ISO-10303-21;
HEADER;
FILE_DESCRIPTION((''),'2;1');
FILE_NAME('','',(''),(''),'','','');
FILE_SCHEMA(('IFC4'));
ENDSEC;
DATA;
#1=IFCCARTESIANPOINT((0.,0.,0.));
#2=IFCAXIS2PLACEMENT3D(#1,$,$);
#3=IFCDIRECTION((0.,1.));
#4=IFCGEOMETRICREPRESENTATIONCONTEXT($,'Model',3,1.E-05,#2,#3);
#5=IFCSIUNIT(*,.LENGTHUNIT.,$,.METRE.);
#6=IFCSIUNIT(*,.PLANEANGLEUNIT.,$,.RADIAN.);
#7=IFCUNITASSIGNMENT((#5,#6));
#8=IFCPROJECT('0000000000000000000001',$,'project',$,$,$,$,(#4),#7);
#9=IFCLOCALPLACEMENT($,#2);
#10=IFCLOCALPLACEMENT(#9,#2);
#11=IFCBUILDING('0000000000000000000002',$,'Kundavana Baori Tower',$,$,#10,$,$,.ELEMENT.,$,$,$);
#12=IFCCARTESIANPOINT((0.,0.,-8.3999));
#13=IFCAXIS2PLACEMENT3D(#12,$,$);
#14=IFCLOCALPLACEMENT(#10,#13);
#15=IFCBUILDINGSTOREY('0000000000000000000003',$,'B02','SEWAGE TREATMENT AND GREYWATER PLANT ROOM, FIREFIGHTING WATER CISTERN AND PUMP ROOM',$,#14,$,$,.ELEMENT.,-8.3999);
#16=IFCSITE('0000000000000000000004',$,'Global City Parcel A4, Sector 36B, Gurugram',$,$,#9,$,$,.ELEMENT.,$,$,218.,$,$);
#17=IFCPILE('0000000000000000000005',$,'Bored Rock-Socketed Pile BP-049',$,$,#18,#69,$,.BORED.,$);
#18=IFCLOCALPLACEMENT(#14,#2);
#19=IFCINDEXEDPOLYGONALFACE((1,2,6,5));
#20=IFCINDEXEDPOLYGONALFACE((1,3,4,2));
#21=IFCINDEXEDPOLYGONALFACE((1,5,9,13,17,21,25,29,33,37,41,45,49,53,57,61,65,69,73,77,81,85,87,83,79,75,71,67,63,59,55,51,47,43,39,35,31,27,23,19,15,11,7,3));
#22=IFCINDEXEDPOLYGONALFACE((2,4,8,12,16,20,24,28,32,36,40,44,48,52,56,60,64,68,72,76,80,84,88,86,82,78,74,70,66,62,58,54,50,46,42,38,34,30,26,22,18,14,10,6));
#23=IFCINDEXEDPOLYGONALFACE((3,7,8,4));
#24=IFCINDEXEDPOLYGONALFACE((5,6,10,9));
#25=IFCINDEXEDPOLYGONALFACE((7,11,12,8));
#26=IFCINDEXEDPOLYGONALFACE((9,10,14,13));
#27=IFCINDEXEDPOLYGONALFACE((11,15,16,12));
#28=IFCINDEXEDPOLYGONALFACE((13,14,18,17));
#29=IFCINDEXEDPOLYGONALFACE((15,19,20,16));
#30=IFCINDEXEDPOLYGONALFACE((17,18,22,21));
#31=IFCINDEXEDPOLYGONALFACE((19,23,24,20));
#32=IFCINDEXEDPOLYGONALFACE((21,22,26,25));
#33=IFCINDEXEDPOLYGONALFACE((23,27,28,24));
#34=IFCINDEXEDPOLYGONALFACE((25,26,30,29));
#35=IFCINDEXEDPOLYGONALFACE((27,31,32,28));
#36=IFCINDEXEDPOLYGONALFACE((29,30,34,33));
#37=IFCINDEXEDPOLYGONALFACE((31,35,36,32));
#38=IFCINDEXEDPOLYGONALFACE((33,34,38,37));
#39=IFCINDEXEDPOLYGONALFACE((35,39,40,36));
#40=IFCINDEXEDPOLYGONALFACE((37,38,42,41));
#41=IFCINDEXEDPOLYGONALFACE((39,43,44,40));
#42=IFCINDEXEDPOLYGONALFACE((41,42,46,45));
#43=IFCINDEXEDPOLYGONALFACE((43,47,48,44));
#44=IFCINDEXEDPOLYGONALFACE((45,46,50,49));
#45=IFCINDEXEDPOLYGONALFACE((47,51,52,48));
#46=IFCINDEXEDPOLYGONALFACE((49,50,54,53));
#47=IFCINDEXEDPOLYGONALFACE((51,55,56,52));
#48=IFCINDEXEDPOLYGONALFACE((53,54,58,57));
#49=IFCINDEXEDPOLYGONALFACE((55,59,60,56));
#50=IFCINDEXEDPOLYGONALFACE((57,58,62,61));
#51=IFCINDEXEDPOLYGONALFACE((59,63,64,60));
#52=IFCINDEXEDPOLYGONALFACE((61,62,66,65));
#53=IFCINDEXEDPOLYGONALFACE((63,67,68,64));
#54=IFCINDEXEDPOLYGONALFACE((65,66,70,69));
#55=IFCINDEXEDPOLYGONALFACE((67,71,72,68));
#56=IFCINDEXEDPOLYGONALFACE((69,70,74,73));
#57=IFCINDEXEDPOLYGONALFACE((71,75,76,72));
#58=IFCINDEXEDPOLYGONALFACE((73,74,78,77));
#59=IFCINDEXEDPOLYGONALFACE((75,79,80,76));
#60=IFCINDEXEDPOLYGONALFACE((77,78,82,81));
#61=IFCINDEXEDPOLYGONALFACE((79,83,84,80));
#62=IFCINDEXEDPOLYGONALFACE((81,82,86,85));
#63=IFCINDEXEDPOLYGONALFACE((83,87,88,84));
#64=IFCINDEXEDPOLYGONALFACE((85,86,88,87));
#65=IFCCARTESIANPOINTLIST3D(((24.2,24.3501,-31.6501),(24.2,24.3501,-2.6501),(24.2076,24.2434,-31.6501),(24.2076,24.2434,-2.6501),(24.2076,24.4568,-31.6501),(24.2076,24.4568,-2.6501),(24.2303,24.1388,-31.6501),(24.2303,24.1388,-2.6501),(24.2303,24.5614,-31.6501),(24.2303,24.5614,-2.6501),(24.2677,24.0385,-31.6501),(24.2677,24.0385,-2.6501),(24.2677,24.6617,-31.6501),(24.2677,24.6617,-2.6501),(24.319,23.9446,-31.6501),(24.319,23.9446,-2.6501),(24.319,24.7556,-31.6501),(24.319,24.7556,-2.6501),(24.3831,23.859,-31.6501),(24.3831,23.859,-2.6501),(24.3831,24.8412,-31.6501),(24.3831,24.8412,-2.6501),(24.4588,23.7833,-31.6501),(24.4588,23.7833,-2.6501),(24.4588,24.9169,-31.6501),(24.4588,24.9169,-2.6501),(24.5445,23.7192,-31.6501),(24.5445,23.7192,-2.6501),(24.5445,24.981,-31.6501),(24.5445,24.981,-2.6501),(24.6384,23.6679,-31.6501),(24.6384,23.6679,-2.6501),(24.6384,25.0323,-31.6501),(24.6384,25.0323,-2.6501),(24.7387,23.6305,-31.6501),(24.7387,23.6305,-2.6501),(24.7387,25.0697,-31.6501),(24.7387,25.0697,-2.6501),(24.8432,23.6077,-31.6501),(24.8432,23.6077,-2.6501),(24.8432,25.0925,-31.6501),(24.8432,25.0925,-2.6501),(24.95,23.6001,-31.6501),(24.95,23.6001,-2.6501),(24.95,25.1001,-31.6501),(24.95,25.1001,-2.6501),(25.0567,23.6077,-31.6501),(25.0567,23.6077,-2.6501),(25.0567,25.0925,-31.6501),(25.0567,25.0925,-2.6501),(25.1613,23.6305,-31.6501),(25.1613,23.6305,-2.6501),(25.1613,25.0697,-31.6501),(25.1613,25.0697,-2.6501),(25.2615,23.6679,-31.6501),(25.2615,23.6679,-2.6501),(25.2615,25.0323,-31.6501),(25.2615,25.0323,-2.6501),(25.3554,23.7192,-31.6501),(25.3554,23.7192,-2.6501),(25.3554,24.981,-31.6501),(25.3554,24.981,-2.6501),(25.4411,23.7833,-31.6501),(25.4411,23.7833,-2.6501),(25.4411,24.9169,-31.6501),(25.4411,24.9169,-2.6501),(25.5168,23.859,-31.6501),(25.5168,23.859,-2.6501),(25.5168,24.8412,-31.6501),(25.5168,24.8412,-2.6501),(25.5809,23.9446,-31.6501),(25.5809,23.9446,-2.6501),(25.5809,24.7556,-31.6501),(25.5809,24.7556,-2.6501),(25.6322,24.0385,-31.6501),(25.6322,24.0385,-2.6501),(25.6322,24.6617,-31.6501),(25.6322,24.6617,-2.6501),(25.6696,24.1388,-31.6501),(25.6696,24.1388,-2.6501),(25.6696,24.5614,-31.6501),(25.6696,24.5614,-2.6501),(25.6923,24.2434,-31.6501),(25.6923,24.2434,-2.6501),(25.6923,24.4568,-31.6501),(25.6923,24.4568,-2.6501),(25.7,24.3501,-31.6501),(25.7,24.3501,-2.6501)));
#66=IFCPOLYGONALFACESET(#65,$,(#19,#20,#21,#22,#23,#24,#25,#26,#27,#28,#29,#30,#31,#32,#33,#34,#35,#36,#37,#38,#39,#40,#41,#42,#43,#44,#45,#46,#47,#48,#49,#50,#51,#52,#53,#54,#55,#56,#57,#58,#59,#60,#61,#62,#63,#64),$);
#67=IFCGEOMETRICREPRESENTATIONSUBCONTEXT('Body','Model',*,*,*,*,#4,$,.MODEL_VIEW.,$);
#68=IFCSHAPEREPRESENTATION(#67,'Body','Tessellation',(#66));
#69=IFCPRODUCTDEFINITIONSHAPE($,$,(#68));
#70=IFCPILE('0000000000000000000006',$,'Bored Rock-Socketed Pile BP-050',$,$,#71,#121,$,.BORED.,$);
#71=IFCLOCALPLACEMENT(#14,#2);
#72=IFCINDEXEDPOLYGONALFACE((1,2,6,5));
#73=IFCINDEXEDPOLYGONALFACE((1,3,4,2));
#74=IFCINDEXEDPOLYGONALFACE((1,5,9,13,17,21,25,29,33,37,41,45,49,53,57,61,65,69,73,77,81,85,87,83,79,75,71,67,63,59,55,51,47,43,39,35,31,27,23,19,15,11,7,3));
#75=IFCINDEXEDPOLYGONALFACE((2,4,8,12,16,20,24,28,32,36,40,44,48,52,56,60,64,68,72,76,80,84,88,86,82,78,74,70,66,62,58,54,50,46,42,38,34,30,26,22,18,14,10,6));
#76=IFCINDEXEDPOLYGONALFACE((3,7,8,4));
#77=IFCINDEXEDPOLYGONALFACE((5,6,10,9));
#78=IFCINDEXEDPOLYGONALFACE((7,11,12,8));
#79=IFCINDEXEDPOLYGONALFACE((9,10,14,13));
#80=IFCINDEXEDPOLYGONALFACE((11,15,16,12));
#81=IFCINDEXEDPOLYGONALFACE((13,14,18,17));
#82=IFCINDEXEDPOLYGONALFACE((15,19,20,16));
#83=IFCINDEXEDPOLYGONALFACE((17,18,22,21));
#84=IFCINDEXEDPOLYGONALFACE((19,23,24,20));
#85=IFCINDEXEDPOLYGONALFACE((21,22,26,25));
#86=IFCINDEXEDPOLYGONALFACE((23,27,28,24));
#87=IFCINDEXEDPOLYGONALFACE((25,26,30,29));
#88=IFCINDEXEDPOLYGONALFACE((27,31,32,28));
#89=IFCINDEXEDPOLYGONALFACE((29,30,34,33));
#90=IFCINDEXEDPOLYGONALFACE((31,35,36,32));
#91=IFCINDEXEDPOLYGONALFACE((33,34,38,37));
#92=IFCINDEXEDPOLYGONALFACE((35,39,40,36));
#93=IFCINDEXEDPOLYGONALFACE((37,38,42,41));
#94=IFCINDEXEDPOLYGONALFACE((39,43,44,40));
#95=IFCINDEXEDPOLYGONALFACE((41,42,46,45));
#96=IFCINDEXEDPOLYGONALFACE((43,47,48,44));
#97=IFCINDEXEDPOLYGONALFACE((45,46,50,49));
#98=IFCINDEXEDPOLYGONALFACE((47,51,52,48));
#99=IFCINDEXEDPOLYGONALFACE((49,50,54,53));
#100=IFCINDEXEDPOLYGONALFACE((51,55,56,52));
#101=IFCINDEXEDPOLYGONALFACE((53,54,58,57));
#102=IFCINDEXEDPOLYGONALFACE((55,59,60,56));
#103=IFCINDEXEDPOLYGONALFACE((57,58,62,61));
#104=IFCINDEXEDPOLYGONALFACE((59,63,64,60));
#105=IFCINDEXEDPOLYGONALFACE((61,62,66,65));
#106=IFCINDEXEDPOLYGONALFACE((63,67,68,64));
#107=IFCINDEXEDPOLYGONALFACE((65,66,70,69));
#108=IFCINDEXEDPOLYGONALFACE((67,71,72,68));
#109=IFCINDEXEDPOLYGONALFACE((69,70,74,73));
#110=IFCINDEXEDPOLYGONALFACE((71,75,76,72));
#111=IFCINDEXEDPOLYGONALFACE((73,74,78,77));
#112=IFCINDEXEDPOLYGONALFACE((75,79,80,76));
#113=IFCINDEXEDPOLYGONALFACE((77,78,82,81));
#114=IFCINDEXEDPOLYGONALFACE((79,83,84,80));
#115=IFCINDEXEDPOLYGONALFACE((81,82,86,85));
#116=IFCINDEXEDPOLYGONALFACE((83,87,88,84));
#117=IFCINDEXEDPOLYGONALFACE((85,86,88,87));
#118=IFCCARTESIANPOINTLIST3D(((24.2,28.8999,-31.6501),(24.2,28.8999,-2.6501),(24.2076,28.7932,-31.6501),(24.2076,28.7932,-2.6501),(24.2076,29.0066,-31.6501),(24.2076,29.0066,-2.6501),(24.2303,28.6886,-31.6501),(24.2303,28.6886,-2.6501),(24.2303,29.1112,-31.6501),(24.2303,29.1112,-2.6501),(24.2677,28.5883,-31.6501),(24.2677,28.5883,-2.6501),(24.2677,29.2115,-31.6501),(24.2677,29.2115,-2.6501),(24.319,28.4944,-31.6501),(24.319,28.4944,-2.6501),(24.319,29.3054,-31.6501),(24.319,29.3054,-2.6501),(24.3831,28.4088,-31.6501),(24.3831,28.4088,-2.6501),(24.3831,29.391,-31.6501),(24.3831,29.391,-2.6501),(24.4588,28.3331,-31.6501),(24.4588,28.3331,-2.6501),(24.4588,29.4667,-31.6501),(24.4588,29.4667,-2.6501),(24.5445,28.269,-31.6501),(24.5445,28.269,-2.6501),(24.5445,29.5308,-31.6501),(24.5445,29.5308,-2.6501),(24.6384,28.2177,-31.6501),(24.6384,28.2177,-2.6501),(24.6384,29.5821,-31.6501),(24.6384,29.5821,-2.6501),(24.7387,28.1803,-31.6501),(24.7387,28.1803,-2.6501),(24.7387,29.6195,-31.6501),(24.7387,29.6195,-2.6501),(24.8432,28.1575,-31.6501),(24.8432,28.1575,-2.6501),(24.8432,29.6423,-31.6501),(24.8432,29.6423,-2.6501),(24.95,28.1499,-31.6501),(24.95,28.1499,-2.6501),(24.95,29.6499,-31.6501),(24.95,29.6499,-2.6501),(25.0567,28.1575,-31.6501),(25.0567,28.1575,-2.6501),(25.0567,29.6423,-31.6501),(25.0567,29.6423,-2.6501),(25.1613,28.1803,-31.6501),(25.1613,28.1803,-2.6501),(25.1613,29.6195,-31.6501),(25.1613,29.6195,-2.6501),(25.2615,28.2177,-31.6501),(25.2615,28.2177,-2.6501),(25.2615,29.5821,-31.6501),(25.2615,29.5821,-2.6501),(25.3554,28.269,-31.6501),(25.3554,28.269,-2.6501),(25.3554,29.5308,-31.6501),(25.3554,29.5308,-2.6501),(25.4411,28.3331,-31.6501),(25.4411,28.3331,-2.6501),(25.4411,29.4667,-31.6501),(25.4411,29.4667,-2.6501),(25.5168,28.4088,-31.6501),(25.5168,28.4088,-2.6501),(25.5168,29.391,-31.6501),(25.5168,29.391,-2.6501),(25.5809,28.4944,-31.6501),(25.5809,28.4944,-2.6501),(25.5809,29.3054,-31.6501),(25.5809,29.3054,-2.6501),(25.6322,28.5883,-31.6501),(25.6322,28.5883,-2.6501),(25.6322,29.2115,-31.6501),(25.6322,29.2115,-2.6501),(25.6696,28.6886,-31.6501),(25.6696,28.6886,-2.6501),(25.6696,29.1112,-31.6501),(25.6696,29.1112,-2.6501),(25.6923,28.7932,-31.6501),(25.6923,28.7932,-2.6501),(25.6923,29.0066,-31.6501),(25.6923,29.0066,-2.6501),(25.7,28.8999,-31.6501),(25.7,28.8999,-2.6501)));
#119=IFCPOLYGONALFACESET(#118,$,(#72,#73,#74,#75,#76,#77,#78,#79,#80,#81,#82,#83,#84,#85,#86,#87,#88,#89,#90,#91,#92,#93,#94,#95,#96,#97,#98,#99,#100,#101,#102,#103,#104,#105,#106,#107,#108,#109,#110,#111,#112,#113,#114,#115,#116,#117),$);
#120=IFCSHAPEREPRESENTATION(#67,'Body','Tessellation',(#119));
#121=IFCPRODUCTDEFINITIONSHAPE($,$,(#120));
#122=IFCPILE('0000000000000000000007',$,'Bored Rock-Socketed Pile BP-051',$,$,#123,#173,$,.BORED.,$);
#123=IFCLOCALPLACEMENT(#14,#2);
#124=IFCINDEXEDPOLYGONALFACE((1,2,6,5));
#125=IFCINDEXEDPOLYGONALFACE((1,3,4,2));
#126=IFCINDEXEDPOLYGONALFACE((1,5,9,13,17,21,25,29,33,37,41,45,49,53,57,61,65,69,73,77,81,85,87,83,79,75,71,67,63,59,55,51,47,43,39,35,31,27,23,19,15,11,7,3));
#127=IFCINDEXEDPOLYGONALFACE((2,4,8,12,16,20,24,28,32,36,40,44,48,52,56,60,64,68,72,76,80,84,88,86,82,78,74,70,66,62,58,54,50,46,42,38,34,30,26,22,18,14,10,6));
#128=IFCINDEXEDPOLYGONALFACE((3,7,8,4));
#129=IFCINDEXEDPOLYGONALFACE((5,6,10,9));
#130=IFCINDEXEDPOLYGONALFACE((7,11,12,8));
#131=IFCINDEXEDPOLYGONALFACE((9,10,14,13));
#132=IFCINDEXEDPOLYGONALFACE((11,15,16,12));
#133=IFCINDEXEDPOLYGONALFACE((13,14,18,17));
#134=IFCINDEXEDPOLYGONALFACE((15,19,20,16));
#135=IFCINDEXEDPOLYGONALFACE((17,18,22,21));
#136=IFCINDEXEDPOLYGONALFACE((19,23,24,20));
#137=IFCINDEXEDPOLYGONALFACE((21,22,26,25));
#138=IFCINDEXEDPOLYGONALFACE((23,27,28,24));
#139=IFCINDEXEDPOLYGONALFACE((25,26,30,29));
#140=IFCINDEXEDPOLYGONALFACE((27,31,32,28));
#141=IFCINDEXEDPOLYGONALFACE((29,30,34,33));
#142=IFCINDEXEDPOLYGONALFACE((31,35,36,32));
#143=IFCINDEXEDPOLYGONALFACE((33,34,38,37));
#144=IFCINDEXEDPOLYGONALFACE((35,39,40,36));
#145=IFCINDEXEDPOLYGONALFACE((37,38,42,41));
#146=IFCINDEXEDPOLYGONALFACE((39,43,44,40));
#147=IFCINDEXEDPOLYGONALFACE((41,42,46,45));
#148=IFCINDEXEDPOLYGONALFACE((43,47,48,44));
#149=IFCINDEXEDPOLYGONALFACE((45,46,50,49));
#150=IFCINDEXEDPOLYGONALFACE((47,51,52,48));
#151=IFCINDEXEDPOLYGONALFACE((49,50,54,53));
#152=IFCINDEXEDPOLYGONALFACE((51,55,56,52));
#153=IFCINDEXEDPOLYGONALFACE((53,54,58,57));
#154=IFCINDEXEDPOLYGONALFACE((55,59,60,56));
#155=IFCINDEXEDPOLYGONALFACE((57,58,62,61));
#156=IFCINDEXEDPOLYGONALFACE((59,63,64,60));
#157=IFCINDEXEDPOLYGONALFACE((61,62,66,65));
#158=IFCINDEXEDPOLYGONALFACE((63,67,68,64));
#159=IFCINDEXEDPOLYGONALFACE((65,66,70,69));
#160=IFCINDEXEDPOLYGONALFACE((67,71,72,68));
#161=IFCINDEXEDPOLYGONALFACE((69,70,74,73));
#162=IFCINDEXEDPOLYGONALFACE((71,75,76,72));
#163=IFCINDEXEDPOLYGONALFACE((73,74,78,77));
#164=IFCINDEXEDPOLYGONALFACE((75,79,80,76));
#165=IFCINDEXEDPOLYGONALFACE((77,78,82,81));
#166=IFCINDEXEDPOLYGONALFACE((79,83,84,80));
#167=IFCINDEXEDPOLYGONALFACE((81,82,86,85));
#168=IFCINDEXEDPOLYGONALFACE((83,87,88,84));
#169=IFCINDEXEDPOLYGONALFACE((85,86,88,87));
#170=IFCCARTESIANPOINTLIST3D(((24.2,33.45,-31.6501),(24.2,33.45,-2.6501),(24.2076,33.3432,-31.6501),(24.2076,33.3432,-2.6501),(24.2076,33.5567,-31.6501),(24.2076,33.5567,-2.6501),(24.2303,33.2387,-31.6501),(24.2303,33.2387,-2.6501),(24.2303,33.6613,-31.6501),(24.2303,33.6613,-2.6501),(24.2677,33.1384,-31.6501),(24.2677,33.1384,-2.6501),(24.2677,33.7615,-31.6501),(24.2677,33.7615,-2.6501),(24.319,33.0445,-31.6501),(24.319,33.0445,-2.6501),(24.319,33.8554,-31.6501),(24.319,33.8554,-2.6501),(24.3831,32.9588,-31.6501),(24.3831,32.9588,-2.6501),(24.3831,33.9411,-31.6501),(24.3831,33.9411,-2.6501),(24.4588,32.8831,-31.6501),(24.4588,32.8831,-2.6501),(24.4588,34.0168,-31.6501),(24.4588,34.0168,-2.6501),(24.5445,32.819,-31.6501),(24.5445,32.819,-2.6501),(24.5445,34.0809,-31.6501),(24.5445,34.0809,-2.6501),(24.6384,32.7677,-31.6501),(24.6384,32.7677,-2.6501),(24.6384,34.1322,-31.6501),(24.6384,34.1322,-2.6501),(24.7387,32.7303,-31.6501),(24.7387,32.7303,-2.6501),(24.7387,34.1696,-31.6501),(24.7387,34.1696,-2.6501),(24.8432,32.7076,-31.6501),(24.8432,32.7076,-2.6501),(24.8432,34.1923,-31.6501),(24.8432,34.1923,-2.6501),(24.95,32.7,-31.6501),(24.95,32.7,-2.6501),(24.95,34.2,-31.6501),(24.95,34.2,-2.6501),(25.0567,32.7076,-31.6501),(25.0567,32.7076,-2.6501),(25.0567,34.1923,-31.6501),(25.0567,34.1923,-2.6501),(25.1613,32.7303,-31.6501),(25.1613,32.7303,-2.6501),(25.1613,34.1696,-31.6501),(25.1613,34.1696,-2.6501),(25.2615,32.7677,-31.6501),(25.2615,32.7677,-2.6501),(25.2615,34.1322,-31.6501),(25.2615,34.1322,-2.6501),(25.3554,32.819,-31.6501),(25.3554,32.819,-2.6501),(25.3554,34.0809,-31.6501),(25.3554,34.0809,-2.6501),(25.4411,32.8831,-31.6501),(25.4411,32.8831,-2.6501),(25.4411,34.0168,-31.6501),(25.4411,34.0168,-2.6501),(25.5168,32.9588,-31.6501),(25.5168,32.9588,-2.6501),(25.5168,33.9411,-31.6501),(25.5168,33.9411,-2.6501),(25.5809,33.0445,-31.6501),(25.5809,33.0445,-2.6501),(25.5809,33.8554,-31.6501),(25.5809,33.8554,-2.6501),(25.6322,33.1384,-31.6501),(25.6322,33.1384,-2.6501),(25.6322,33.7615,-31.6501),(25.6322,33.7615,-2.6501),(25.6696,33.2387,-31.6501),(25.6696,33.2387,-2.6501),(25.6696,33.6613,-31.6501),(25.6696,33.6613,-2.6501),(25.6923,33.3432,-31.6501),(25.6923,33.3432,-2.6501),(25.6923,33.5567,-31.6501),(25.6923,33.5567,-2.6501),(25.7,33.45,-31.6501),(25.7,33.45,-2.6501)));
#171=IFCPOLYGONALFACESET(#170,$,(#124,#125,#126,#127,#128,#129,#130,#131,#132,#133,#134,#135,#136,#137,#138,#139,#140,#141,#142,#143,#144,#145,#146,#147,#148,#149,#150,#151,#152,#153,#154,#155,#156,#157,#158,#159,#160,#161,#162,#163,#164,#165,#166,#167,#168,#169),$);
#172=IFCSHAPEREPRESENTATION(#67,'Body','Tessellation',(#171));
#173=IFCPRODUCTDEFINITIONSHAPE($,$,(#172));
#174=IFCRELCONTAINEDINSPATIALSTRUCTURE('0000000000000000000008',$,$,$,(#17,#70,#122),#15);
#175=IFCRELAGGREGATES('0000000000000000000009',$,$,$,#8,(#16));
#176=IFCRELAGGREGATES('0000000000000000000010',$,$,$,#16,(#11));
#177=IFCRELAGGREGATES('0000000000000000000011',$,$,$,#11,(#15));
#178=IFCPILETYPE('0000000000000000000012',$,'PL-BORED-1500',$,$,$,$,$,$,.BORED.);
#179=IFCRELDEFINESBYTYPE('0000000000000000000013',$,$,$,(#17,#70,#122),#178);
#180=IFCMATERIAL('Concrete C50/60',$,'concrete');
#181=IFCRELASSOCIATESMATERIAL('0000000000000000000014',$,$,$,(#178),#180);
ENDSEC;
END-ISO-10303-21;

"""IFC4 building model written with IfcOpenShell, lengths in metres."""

from ifc_helpers import new_model, si_unit, direction, frame, origin, origin_2d, place, context, subcontext, project, spatial, circle, extrude, material, material_profile, profile_set, type_object, element, save


model = new_model("IFC4")

# Units and contexts
model_context = context("Model", 3, precision=1e-05, world=origin(), true_north=direction((0.0, 1.0)))
body_context = subcontext(model_context, "Body", "Model", "MODEL_VIEW")
ifc_project = project(units=[si_unit("LENGTHUNIT", "METRE"), si_unit("PLANEANGLEUNIT", "RADIAN")], contexts=[model_context])

# Site, building, storey
site_placement = place(None, origin())
site = spatial("IfcSite", under=ifc_project, at=site_placement, Name="Global City Parcel A4, Sector 36B, Gurugram", CompositionType="ELEMENT", RefElevation=218.0)
building_placement = place(site_placement, origin())
building = spatial("IfcBuilding", under=site, at=building_placement, Name="Kundavana Baori Tower", CompositionType="ELEMENT")
storey_placement = place(building_placement, frame((0.0, 0.0, -8.3999)))
storey = spatial("IfcBuildingStorey", under=building, at=storey_placement, Name="B02", Description="SEWAGE TREATMENT AND GREYWATER PLANT ROOM, FIREFIGHTING WATER CISTERN AND PUMP ROOM", CompositionType="ELEMENT", Elevation=-8.3999)

# Piles
ifc_material_1 = material(Name="Concrete C50/60", Category="concrete")
ifc_material_profile_1 = material_profile(ifc_material_1, circle(Radius=0.75, at=origin_2d()), Name="BORED PILE D1500")
ifc_profile_set_1 = profile_set([ifc_material_profile_1], Name="Concrete C50/60")
pile_type = type_object("IfcPileType", Name="PL-BORED-1500", PredefinedType="BORED", material=ifc_profile_set_1)
for number, where, z_axis, x_axis, name in (
    (1, (24.95, 24.3501, -2.6501), (0.0, 0.0, -1.0), (1.0, 0.0, 0.0), "Bored Rock-Socketed Pile BP-049"),
    (2, (24.95, 28.8999, -2.6501), (0.0, 0.0, -1.0), (1.0, 0.0, 0.0), "Bored Rock-Socketed Pile BP-050"),
    (3, (24.95, 33.45, -2.6501), (0.0, 0.0, -1.0), (1.0, 0.0, 0.0), "Bored Rock-Socketed Pile BP-051"),
):
    element("IfcPile", number, at=place(storey_placement, frame(where, z_axis=z_axis, x_axis=x_axis)), inside=storey, type_object=pile_type, Name=name, PredefinedType="BORED", context=body_context, shape_type="SweptSolid", body=[
        extrude(circle(Radius=0.75, at=origin_2d()), origin(), (0.0, 0.0, 1.0), 29.0),
    ])

save(model, "model.ifc")
